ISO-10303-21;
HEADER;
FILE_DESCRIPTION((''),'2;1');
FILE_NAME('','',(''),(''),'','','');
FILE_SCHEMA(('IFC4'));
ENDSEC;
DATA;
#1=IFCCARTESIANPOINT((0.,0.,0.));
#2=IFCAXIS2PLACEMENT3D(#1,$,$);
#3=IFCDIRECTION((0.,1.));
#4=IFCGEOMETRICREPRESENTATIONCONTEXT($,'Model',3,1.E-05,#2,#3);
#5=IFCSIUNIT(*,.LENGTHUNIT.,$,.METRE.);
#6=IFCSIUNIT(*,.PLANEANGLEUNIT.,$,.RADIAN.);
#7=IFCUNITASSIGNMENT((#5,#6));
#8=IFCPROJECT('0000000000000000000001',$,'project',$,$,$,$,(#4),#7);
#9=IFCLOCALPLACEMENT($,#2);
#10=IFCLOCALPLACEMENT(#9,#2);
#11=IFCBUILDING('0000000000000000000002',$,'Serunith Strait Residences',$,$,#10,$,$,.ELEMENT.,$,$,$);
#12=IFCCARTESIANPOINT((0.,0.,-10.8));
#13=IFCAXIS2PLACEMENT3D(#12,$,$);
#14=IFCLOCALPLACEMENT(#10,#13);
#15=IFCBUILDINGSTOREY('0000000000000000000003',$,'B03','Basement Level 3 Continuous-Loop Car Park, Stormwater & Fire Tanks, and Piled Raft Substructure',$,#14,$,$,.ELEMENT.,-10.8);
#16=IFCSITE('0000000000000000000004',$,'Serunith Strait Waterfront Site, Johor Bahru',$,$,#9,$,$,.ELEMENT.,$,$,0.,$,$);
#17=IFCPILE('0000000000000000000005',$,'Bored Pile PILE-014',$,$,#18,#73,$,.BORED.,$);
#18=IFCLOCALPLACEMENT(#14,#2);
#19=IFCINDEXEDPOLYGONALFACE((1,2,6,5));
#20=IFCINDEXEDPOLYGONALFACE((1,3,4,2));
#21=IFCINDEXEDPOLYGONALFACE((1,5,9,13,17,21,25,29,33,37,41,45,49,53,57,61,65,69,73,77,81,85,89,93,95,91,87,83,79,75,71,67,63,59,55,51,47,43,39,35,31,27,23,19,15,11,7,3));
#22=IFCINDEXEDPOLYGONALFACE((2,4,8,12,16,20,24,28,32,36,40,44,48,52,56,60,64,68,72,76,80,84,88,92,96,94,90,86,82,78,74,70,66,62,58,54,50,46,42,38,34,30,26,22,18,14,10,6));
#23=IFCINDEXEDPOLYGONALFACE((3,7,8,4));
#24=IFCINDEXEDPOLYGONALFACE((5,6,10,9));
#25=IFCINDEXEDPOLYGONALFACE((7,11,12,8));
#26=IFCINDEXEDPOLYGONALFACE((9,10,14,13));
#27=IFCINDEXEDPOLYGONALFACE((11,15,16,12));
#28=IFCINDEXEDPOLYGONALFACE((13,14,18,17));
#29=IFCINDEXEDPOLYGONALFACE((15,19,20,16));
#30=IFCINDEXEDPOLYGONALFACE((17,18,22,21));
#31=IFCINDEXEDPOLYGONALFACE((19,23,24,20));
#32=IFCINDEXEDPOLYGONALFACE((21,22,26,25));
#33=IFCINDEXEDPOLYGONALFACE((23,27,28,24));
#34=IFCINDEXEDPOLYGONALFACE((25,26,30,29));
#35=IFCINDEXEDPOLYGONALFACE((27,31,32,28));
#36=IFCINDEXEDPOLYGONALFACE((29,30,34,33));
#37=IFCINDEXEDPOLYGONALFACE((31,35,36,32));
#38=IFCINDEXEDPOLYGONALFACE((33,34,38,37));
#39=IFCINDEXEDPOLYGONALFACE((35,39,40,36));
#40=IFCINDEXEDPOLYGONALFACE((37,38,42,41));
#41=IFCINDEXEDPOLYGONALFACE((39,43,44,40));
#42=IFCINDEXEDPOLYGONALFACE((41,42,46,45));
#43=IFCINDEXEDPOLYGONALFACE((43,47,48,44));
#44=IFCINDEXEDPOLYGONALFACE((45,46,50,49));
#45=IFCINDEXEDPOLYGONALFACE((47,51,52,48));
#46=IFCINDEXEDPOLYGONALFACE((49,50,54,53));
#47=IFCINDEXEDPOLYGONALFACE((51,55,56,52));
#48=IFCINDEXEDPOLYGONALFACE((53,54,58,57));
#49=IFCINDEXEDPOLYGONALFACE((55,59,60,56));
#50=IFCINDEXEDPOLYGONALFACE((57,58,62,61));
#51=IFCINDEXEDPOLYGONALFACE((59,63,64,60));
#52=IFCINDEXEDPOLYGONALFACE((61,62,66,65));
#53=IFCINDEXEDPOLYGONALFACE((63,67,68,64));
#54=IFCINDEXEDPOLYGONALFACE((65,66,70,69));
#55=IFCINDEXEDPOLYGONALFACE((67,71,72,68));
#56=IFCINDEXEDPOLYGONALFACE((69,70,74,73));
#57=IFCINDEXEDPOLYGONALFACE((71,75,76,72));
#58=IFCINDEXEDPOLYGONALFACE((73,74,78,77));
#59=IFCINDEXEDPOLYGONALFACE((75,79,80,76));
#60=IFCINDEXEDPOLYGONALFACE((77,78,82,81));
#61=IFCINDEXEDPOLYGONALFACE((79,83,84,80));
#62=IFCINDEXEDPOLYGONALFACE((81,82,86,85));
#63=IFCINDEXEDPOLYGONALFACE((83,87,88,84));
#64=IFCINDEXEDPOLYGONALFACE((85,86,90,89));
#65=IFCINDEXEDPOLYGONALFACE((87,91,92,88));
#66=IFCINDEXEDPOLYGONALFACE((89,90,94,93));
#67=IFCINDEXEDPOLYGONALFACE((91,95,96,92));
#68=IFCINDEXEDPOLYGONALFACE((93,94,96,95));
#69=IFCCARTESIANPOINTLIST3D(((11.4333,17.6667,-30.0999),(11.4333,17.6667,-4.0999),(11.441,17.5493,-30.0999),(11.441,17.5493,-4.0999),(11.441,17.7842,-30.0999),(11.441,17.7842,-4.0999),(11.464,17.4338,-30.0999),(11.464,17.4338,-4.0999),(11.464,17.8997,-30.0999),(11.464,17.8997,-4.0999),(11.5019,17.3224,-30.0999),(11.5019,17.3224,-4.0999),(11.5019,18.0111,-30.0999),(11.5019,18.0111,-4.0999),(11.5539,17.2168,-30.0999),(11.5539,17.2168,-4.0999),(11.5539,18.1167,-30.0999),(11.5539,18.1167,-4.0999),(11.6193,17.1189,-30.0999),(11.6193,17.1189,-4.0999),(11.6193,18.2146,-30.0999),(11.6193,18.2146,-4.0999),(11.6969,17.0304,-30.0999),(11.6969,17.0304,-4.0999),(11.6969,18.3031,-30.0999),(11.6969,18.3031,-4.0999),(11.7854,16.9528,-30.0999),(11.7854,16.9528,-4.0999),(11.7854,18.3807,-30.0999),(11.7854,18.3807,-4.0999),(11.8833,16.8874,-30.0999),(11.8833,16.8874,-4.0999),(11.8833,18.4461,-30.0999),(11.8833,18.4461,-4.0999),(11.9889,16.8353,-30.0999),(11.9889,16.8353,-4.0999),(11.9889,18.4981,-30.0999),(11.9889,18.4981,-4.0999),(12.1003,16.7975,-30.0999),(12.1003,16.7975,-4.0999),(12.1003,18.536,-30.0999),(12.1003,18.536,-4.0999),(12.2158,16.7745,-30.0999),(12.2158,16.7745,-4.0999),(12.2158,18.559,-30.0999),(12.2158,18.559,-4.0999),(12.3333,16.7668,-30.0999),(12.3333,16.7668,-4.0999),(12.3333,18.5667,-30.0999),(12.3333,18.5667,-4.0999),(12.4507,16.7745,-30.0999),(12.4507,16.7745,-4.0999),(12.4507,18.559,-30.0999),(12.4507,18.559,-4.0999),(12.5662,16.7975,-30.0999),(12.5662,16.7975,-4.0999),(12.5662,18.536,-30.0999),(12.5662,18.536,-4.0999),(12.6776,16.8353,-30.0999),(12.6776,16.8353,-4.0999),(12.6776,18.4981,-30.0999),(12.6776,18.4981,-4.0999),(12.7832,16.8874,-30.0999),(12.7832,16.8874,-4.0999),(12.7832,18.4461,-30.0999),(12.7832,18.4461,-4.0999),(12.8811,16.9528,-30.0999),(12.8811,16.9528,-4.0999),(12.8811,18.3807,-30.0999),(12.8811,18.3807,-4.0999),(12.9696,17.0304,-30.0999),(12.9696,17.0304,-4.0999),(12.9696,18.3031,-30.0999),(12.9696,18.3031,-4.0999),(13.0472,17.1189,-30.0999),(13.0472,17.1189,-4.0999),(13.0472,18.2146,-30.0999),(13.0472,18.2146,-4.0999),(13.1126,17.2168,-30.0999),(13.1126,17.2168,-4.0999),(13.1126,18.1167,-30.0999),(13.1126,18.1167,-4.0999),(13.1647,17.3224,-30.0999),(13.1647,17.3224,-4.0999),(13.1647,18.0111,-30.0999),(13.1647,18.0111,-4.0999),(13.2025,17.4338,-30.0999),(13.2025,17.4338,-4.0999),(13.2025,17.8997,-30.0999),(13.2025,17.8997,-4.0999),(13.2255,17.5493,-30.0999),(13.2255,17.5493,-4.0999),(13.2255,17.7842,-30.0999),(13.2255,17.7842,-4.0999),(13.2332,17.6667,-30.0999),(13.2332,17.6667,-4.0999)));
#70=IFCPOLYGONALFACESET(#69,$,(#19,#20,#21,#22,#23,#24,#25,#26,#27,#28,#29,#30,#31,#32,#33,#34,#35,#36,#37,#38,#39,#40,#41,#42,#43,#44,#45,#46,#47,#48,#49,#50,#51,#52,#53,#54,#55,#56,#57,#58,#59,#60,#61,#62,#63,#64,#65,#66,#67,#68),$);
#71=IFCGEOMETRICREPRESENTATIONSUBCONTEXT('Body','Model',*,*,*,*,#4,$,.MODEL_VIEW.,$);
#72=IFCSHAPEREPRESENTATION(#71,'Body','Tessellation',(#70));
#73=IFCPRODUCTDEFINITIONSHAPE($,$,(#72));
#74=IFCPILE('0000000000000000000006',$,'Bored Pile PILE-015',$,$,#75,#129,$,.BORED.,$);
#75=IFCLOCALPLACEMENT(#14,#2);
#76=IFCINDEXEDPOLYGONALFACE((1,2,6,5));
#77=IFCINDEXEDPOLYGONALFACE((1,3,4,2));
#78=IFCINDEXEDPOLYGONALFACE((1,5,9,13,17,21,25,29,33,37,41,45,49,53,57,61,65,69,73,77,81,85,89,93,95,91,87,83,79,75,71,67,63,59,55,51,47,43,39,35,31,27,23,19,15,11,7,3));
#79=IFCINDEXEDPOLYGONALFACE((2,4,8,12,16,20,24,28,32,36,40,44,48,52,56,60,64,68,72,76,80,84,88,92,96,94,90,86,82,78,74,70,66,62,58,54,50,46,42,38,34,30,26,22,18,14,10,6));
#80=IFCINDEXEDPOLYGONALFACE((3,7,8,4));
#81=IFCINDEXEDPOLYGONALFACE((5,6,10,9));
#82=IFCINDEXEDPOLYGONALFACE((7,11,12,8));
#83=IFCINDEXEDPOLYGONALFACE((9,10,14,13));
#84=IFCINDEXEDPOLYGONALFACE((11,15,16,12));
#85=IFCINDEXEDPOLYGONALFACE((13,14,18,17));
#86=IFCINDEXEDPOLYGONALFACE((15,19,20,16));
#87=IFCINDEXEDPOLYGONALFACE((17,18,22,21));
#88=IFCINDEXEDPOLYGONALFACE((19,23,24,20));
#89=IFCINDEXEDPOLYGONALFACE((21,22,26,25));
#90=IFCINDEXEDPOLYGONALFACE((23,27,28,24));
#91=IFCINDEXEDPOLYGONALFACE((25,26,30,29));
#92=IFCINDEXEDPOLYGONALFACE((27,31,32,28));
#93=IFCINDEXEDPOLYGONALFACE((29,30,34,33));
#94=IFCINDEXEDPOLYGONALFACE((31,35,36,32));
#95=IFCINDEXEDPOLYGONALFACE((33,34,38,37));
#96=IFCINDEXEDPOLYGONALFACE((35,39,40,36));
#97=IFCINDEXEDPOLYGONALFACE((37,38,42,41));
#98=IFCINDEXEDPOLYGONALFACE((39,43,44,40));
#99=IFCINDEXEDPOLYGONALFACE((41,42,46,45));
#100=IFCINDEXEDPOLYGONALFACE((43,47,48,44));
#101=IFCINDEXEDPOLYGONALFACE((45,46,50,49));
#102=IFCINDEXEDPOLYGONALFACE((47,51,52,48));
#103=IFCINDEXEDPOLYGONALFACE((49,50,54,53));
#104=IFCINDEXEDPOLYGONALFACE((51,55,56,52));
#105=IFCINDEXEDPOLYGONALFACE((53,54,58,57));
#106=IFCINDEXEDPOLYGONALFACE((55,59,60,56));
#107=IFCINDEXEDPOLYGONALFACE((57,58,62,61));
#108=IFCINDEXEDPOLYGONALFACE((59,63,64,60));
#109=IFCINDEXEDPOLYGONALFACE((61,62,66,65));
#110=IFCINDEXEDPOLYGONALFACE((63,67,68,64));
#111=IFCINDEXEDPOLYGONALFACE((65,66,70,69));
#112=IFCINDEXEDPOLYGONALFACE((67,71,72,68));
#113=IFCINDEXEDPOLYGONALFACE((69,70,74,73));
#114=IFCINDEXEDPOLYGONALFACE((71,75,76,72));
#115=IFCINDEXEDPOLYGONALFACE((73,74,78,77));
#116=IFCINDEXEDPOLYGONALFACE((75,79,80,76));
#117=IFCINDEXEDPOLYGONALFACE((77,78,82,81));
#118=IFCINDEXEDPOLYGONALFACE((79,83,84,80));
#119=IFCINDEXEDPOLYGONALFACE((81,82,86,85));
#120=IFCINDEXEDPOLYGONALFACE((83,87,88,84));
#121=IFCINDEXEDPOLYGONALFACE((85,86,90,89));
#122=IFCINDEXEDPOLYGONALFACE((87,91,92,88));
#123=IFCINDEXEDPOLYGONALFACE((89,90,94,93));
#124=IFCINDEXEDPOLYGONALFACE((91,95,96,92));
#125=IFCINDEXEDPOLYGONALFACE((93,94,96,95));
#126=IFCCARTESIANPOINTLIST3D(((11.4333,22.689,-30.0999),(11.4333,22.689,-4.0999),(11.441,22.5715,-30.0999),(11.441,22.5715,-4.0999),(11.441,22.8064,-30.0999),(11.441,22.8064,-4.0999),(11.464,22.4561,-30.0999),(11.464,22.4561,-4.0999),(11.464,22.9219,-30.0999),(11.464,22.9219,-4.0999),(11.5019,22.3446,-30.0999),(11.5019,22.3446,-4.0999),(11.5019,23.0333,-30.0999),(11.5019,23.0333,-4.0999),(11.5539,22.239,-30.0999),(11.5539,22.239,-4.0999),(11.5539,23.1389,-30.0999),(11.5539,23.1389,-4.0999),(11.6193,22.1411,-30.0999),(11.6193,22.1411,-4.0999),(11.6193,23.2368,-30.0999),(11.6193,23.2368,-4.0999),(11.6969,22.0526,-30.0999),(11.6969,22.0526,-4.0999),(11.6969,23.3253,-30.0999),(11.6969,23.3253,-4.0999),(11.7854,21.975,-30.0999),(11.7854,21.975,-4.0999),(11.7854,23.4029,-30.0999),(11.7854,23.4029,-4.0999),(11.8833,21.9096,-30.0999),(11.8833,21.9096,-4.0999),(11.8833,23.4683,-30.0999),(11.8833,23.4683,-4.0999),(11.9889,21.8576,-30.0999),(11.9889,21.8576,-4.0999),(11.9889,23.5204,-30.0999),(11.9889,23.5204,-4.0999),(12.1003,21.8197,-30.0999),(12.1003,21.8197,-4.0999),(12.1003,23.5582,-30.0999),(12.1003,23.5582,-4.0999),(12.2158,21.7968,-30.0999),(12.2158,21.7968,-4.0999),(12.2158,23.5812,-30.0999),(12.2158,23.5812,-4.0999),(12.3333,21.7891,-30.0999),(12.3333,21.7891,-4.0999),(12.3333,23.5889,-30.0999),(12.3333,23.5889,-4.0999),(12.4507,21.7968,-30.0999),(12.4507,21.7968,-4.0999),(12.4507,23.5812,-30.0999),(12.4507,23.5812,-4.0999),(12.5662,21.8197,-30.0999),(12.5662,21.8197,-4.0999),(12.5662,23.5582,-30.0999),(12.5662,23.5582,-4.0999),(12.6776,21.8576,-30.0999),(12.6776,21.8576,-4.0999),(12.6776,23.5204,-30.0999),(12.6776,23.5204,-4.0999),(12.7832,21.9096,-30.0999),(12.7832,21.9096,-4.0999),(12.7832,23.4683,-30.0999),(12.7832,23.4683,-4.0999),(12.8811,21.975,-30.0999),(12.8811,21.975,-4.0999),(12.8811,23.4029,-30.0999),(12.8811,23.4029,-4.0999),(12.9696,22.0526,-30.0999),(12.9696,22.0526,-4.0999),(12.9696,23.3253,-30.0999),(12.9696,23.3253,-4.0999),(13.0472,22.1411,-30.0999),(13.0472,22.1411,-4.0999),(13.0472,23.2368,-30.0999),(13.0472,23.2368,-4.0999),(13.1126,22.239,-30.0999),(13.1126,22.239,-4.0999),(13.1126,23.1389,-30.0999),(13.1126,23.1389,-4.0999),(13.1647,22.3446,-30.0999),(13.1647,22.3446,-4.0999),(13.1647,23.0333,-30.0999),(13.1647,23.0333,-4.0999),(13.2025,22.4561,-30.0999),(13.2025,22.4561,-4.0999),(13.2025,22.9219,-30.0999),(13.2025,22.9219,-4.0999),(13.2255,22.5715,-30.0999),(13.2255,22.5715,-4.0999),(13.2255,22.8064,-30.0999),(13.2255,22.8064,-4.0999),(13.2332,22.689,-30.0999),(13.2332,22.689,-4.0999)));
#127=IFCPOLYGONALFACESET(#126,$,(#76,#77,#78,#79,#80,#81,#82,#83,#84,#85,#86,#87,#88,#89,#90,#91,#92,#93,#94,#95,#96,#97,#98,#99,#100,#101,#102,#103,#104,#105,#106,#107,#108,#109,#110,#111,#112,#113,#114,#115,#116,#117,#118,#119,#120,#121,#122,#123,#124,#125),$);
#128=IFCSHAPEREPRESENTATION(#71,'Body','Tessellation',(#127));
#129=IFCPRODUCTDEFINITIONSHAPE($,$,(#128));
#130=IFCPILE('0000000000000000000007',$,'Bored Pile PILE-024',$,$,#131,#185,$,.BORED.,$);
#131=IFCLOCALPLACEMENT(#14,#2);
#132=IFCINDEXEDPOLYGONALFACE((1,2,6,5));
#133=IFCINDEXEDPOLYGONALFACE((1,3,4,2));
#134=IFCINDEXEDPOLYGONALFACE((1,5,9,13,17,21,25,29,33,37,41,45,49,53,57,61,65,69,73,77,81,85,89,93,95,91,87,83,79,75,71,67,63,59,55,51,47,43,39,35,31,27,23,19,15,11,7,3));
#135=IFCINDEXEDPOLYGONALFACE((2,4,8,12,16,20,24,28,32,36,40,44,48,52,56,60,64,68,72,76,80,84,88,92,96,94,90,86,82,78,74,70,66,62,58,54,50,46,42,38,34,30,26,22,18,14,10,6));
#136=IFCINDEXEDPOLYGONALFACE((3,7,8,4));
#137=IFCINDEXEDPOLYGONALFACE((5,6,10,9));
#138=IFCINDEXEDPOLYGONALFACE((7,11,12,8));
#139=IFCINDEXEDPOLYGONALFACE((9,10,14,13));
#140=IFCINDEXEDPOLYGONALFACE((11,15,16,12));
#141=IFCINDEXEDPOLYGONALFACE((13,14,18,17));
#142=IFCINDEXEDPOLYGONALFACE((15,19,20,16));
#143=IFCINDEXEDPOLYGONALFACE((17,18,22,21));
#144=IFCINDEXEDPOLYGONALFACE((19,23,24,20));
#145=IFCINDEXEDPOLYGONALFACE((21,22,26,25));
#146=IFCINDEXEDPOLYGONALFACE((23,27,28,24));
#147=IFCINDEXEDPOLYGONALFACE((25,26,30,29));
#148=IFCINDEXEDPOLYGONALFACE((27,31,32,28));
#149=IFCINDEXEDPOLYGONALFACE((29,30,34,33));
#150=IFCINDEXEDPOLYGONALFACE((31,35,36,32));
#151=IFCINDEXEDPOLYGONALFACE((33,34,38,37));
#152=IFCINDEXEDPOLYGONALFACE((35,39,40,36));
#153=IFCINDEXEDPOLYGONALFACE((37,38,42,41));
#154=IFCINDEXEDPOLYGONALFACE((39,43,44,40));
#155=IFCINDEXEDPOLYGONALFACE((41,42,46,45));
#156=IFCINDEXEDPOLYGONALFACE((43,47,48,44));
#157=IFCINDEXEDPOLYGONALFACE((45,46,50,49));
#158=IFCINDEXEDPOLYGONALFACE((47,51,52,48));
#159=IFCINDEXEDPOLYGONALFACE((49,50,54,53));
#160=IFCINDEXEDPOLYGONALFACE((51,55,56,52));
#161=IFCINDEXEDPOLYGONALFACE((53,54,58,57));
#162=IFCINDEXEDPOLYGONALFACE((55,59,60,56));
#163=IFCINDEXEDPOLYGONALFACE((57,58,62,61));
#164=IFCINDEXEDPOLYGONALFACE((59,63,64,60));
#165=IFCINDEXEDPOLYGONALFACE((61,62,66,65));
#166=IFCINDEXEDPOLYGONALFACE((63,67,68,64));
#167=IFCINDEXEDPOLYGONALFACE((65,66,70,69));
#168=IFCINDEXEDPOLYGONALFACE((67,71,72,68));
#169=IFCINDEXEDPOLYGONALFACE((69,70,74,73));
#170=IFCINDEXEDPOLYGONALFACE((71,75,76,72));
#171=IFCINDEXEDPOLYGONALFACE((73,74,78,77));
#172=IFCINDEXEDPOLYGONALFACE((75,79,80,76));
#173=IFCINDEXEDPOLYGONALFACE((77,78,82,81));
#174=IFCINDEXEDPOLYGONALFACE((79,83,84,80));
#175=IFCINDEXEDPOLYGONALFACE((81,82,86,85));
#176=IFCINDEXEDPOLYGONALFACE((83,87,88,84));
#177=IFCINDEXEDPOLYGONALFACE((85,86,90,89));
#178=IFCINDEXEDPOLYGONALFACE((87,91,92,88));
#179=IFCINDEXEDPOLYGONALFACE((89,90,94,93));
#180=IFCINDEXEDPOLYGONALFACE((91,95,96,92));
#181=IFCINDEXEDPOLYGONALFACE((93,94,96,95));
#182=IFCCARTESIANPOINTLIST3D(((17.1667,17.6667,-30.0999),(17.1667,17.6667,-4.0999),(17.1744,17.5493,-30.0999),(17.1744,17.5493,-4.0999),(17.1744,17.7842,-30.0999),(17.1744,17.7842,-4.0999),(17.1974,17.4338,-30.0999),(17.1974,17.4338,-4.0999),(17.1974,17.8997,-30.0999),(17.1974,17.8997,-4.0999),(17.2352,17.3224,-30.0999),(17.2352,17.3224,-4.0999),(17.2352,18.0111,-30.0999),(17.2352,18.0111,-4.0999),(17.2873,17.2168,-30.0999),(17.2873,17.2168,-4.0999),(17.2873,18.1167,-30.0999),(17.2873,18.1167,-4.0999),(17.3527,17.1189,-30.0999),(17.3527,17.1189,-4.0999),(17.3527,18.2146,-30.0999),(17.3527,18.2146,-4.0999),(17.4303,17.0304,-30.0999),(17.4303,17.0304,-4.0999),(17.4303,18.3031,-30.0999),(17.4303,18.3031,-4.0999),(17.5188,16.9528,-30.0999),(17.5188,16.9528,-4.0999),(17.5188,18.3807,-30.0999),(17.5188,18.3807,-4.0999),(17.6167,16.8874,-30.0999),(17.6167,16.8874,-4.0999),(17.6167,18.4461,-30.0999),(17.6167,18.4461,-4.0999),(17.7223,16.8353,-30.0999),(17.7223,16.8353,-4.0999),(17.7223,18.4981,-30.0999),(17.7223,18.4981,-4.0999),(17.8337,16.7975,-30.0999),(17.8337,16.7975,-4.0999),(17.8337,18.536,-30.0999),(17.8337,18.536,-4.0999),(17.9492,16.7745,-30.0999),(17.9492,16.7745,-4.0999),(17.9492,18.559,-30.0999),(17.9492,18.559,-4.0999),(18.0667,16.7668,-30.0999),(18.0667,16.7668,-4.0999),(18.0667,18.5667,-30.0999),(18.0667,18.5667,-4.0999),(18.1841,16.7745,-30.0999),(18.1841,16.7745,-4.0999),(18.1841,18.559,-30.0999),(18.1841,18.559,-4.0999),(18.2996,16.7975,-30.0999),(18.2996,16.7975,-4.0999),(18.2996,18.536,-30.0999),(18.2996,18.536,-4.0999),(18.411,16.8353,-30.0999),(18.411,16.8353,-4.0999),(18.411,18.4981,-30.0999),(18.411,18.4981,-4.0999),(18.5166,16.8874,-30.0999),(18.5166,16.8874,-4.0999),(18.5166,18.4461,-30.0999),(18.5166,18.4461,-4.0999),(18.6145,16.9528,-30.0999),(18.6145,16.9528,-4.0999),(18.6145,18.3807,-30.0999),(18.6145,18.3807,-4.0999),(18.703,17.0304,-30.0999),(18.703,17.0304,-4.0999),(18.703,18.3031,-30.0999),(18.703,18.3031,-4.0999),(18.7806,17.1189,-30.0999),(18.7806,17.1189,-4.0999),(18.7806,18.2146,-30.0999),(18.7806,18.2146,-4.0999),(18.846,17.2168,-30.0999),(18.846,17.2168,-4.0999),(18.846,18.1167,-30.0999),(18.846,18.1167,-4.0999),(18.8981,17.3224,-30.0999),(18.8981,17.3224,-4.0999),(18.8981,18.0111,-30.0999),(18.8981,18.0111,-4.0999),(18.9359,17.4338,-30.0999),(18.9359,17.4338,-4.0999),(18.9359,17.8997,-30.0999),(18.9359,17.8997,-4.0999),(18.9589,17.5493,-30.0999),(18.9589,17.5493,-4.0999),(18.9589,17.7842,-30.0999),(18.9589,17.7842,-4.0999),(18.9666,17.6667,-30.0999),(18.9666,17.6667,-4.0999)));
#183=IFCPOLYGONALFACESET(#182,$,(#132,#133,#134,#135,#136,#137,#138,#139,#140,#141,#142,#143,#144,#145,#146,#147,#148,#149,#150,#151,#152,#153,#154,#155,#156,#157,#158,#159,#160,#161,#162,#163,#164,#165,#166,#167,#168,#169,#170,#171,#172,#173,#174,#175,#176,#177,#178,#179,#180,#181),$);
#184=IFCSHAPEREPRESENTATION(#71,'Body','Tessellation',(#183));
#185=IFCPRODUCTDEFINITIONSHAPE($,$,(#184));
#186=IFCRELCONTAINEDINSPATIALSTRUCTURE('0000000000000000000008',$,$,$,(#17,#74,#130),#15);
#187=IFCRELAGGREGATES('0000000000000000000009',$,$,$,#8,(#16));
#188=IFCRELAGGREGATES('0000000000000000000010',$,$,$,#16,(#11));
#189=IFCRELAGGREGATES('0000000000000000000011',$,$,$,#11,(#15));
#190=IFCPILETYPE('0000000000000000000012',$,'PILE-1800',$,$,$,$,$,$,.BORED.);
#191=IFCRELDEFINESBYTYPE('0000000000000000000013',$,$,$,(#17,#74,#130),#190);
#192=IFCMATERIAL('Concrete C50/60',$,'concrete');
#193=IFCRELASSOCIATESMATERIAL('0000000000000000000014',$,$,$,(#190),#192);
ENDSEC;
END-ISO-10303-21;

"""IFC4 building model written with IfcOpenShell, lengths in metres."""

from ifc_helpers import new_model, si_unit, direction, frame, origin, origin_2d, place, context, subcontext, project, spatial, circle, extrude, source, transform, mapped, material, material_profile, profile_set, type_object, element, save


model = new_model("IFC4")

# Units and contexts
model_context = context("Model", 3, precision=1e-05, world=origin(), true_north=direction((0.0, 1.0)))
body_context = subcontext(model_context, "Body", "Model", "MODEL_VIEW")
ifc_project = project(units=[si_unit("LENGTHUNIT", "METRE"), si_unit("PLANEANGLEUNIT", "RADIAN")], contexts=[model_context])

# Site, building, storey
site_placement = place(None, origin())
site = spatial("IfcSite", under=ifc_project, at=site_placement, Name="Serunith Strait Waterfront Site, Johor Bahru", CompositionType="ELEMENT", RefElevation=0.0)
building_placement = place(site_placement, origin())
building = spatial("IfcBuilding", under=site, at=building_placement, Name="Serunith Strait Residences", CompositionType="ELEMENT")
storey_placement = place(building_placement, frame((0.0, 0.0, -10.8)))
storey = spatial("IfcBuildingStorey", under=building, at=storey_placement, Name="B03", Description="Basement Level 3 Continuous-Loop Car Park, Stormwater & Fire Tanks, and Piled Raft Substructure", CompositionType="ELEMENT", Elevation=-10.8)

# Piles
ifc_material_1 = material(Name="Concrete C50/60", Category="concrete")
ifc_material_profile_1 = material_profile(ifc_material_1, circle(Radius=0.8999, at=origin_2d()), Name="PILE D1800")
ifc_profile_set_1 = profile_set([ifc_material_profile_1], Name="Concrete C50/60")
pile_type_1 = type_object("IfcPileType", Name="PILE-1800", PredefinedType="BORED", material=ifc_profile_set_1)
shared_shape_1 = source(origin(), body_context, "Body", "SweptSolid", [
    extrude(circle(Radius=0.8999, at=origin_2d()), origin(), (0.0, 0.0, 1.0), 26.0),
])
for number, where, z_axis, x_axis, name in (
    (1, (12.3333, 17.6667, -4.0999), (0.0, 0.0, -1.0), (1.0, 0.0, 0.0), "Bored Pile PILE-014"),
    (2, (12.3333, 22.689, -4.0999), (0.0, 0.0, -1.0), (1.0, 0.0, 0.0), "Bored Pile PILE-015"),
    (3, (18.0667, 17.6667, -4.0999), (0.0, 0.0, -1.0), (1.0, 0.0, 0.0), "Bored Pile PILE-024"),
):
    element("IfcPile", number, at=place(storey_placement, frame(where, z_axis=z_axis, x_axis=x_axis)), inside=storey, type_object=pile_type_1, Name=name, PredefinedType="BORED", context=body_context, shape_type="MappedRepresentation", body=[
        mapped(shared_shape_1, transform((0.0, 0.0, 0.0), scale=1.0)),
    ])

save(model, "model.ifc")
